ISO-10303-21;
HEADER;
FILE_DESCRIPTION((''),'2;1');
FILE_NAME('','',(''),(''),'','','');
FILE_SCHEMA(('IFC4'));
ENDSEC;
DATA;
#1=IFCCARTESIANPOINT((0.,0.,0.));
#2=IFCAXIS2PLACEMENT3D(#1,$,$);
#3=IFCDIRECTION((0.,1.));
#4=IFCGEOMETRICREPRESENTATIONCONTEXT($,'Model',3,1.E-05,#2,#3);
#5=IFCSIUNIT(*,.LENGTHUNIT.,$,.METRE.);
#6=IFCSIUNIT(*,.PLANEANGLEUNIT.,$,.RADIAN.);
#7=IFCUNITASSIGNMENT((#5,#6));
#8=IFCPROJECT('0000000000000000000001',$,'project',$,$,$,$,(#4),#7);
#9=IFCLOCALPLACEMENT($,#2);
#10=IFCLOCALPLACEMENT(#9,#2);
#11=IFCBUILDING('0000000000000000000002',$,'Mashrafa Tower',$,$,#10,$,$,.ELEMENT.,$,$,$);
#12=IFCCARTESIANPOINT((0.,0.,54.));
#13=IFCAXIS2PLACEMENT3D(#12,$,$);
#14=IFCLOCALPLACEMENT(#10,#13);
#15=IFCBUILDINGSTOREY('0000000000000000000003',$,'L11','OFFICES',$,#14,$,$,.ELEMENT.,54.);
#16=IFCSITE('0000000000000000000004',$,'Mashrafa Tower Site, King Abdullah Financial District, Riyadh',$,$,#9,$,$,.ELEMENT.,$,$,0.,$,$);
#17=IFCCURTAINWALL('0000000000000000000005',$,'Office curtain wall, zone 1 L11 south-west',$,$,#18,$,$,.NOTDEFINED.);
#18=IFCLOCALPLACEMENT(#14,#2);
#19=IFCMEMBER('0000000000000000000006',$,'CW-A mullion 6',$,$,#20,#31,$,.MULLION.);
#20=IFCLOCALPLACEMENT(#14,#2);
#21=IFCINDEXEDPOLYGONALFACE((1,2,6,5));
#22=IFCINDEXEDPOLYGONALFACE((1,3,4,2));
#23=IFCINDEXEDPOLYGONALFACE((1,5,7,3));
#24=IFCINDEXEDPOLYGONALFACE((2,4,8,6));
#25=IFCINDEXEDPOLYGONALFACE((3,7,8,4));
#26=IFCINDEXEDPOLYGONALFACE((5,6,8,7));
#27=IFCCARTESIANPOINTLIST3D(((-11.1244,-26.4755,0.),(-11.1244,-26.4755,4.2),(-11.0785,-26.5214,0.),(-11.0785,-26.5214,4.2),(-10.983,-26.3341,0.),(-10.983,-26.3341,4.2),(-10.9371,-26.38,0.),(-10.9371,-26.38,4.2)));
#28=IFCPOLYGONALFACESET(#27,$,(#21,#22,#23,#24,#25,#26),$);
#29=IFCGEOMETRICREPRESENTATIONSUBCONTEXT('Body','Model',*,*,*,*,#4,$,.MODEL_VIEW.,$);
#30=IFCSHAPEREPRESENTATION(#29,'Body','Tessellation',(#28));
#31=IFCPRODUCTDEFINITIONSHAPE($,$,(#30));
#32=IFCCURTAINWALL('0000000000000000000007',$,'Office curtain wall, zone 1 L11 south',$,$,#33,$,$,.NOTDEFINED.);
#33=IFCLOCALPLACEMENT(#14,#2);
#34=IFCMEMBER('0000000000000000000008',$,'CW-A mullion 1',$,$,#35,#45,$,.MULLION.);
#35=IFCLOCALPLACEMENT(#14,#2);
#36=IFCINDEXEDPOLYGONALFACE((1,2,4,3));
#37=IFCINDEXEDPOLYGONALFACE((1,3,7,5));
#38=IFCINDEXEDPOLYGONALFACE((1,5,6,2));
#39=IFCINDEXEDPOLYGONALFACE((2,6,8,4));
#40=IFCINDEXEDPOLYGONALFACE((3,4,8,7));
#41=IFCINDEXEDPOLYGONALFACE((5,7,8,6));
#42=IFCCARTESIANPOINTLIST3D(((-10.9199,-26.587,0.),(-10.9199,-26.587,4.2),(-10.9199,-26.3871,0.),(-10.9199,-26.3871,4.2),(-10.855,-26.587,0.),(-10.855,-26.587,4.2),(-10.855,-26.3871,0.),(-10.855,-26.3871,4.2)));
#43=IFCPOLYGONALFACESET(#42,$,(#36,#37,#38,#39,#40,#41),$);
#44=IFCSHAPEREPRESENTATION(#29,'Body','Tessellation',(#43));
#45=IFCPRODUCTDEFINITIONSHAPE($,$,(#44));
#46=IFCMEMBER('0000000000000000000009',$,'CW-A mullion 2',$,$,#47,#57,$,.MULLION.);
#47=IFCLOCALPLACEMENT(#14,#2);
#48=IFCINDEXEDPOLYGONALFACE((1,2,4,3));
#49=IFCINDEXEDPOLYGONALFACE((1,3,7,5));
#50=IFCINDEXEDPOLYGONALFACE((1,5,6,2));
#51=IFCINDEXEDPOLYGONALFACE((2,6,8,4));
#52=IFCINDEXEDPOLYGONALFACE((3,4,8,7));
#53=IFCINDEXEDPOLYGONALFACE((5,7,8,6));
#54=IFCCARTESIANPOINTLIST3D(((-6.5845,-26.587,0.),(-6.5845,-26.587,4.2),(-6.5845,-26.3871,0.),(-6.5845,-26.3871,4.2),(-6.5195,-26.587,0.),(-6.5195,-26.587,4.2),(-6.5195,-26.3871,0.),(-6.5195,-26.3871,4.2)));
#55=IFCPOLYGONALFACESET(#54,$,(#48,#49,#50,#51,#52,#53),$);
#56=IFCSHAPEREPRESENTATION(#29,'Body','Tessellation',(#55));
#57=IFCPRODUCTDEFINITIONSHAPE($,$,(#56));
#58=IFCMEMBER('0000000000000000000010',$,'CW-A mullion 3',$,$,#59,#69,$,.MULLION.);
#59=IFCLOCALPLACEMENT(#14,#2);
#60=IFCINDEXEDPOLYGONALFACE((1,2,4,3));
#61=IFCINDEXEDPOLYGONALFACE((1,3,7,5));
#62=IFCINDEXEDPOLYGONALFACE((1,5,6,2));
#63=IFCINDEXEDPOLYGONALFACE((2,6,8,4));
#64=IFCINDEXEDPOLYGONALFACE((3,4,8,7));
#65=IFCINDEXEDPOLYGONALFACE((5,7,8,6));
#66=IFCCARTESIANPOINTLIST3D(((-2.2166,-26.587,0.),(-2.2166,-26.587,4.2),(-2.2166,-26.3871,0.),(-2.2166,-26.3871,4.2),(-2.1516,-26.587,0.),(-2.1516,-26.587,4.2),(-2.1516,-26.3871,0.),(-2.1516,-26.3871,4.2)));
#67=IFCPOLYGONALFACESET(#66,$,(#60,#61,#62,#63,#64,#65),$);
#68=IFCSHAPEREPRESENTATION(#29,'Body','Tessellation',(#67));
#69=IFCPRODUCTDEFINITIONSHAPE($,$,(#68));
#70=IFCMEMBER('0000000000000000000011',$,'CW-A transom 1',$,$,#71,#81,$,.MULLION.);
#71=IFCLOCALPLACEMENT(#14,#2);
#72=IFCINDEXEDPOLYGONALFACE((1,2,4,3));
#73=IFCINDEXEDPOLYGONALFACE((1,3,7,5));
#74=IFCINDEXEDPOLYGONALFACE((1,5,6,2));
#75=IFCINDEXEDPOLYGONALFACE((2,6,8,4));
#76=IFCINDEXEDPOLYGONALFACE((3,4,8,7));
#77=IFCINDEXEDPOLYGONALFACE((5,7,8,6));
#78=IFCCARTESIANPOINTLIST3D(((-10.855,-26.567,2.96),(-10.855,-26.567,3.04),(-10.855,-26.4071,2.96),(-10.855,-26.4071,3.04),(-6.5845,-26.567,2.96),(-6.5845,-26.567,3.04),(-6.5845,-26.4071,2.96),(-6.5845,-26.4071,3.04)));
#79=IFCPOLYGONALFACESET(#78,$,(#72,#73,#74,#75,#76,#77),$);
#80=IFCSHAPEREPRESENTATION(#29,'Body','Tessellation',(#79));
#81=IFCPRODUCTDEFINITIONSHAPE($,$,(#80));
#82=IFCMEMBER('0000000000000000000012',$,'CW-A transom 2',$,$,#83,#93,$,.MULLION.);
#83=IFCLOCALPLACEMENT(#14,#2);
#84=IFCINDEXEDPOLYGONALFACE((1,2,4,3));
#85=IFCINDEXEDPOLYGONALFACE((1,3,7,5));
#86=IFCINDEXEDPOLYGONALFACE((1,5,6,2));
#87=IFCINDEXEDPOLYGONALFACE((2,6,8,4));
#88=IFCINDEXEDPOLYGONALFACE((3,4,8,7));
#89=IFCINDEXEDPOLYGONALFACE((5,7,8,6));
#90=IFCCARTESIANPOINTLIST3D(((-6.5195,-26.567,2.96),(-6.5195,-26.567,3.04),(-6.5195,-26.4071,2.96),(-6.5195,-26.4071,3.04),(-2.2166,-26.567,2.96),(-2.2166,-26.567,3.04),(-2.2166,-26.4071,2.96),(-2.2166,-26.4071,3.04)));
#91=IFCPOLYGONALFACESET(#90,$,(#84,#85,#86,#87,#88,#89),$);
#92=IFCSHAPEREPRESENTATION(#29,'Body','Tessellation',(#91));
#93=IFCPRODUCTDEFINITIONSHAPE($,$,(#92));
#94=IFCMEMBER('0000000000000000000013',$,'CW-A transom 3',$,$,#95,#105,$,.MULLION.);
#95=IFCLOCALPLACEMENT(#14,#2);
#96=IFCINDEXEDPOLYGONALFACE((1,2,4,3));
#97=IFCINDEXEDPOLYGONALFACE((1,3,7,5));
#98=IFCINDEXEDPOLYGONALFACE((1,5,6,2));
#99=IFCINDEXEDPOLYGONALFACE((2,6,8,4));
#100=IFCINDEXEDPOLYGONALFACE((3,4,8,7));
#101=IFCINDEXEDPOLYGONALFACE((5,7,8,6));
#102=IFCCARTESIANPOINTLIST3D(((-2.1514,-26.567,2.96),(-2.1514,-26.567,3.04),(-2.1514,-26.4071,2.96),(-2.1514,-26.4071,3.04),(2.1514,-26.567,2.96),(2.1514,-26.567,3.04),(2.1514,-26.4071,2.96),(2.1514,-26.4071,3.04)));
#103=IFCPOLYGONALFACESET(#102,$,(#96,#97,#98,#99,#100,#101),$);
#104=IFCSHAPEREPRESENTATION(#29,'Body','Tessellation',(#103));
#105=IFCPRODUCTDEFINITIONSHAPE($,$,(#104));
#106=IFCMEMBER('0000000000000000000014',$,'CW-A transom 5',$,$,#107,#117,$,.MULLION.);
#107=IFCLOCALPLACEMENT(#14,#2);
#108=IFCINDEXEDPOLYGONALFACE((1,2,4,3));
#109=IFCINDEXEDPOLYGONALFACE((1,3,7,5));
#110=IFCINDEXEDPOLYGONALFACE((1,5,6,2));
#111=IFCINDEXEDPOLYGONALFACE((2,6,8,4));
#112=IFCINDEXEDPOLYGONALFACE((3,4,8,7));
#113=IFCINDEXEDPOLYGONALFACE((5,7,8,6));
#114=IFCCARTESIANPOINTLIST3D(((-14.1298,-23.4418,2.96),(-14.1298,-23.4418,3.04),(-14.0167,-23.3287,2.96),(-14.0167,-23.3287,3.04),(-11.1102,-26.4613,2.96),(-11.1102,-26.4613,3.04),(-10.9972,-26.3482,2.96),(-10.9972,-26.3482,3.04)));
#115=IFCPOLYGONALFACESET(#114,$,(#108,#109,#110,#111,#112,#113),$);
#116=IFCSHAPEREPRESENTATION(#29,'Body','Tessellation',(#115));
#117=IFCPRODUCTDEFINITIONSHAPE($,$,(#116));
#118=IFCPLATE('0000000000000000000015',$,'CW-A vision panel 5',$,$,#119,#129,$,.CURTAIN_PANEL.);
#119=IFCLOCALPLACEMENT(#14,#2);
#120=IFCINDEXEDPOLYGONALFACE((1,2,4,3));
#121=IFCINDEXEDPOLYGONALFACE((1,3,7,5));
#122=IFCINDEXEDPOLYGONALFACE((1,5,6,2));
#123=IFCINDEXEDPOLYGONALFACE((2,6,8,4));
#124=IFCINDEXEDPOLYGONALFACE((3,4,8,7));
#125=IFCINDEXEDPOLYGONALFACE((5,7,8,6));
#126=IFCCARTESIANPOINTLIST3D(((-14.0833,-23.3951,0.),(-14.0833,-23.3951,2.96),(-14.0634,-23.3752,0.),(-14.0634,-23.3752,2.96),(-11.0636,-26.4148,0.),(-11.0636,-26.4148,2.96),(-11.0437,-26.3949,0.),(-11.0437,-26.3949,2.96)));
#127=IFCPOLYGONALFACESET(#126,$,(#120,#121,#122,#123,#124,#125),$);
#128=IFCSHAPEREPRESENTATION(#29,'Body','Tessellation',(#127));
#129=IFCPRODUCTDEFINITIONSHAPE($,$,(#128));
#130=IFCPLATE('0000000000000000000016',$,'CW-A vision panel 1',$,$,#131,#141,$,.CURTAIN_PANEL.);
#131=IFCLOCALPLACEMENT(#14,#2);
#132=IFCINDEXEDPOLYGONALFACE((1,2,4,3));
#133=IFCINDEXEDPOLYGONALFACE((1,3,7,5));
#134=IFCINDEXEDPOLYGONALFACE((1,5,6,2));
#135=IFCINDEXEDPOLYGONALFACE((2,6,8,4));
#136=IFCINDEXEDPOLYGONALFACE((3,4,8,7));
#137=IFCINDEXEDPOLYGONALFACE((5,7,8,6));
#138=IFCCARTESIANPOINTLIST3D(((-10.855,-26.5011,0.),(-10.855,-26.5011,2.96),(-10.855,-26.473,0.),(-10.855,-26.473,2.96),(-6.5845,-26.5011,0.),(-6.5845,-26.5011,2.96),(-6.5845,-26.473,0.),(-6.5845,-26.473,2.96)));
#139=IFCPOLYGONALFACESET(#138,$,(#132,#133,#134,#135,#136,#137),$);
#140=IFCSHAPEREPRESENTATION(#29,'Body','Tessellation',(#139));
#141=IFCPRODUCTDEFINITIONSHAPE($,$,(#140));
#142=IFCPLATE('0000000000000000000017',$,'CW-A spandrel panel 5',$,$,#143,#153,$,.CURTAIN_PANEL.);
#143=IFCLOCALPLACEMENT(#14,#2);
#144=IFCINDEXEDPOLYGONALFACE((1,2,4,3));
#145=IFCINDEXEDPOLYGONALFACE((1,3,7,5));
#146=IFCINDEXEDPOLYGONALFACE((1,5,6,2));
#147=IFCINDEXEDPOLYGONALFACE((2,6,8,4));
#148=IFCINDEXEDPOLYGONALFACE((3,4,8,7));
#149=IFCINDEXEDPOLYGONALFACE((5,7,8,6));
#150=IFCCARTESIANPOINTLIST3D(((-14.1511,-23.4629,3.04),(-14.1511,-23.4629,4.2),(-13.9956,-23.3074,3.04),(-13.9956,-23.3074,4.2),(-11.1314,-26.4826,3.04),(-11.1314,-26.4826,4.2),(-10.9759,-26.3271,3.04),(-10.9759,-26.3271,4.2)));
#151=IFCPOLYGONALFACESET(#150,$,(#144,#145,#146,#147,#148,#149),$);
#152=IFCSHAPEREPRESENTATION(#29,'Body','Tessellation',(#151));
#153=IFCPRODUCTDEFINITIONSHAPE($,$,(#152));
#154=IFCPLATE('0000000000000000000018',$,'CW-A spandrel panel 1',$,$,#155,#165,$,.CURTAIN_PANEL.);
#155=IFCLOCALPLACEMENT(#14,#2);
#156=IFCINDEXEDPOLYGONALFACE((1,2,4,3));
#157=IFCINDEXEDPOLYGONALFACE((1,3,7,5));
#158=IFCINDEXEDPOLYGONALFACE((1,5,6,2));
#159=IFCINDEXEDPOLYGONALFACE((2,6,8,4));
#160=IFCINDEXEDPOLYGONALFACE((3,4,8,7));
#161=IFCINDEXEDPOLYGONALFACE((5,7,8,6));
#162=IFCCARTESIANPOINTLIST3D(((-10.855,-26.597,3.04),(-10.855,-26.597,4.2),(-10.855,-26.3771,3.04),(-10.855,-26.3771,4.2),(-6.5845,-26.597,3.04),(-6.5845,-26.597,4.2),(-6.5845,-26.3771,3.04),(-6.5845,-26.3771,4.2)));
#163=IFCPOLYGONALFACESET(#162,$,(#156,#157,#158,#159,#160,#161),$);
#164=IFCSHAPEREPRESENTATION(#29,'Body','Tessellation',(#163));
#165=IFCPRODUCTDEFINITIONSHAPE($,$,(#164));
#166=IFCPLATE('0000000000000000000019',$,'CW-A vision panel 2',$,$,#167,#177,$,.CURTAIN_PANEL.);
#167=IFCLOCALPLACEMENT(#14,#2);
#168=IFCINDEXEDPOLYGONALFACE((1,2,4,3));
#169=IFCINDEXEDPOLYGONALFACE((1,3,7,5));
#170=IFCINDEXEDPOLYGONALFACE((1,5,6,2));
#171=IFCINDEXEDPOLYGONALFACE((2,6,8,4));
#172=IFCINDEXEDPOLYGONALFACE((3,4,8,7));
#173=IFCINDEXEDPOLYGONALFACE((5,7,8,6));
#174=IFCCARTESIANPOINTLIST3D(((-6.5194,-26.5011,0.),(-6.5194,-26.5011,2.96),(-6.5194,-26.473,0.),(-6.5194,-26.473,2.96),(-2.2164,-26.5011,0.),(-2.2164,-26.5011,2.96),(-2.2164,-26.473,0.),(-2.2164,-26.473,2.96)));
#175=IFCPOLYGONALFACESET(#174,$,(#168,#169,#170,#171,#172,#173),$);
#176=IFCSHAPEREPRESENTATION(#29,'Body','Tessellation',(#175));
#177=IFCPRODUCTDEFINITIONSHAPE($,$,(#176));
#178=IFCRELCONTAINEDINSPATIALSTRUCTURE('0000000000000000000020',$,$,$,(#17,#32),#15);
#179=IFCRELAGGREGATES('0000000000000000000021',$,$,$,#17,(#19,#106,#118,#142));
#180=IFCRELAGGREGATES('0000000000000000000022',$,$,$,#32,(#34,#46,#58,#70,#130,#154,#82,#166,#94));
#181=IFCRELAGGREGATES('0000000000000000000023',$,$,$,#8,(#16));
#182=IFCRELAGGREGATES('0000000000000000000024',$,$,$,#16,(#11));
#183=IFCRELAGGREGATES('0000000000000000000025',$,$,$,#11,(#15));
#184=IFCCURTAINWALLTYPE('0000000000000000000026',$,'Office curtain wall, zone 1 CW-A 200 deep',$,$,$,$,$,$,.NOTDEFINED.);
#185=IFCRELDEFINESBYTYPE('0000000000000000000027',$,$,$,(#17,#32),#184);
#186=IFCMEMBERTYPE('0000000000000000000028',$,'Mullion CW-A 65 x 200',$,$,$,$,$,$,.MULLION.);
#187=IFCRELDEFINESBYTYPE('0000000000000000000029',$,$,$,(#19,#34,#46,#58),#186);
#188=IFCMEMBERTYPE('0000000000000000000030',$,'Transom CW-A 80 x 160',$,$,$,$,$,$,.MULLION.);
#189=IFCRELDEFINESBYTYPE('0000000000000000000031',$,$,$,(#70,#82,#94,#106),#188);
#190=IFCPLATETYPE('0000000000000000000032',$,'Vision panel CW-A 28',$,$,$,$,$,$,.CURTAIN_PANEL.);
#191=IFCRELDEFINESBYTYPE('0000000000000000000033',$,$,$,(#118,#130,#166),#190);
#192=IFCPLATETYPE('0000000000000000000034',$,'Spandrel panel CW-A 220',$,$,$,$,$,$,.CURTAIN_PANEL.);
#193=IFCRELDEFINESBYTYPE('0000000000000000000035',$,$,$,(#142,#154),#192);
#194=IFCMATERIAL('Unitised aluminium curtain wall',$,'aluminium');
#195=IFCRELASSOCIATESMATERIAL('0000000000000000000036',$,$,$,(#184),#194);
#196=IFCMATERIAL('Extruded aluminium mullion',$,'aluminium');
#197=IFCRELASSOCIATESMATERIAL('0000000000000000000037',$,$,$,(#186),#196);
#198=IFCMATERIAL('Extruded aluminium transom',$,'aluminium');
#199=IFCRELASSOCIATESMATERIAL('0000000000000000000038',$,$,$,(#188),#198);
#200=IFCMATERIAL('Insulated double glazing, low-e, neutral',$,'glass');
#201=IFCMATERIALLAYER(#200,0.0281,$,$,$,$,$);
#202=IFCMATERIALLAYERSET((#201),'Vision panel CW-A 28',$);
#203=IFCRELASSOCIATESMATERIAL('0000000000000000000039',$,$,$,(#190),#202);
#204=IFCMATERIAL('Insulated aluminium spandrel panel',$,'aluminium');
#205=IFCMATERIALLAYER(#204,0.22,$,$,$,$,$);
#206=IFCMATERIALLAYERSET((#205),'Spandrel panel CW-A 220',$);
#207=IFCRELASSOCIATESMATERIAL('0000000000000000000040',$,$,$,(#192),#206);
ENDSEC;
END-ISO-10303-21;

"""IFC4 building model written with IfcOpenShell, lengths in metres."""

from ifc_helpers import new_model, si_unit, direction, frame, origin, origin_2d, place, context, subcontext, project, spatial, rectangle, extrude, source, transform, mapped, material, layer, layer_set, material_profile, profile_set, type_object, type_shapes, element, aggregate, save


model = new_model("IFC4")

# Units and contexts
model_context = context("Model", 3, precision=1e-05, world=origin(), true_north=direction((0.0, 1.0)))
body_context = subcontext(model_context, "Body", "Model", "MODEL_VIEW")
ifc_project = project(units=[si_unit("LENGTHUNIT", "METRE"), si_unit("PLANEANGLEUNIT", "RADIAN")], contexts=[model_context])

# Site, building, storey
site_placement = place(None, origin())
site = spatial("IfcSite", under=ifc_project, at=site_placement, Name="Mashrafa Tower Site, King Abdullah Financial District, Riyadh", CompositionType="ELEMENT", RefElevation=0.0)
building_placement = place(site_placement, origin())
building = spatial("IfcBuilding", under=site, at=building_placement, Name="Mashrafa Tower", CompositionType="ELEMENT")
storey_placement = place(building_placement, frame((0.0, 0.0, 54.0)))
storey = spatial("IfcBuildingStorey", under=building, at=storey_placement, Name="L11", Description="OFFICES", CompositionType="ELEMENT", Elevation=54.0)

# Curtain wall, member
ifc_material_1 = material(Name="Unitised aluminium curtain wall", Category="aluminium")
curtain_wall_type = type_object("IfcCurtainWallType", Name="Office curtain wall, zone 1 CW-A 200 deep", PredefinedType="NOTDEFINED", material=ifc_material_1)
curtain_wall_1_placement = place(storey_placement, origin())
curtain_wall_1 = element("IfcCurtainWall", 1, at=curtain_wall_1_placement, inside=storey, type_object=curtain_wall_type, Name="Office curtain wall, zone 1 L11 south-west", PredefinedType="NOTDEFINED")
ifc_material_2 = material(Name="Extruded aluminium mullion", Category="aluminium")
ifc_material_profile_1 = material_profile(ifc_material_2, rectangle(XDim=0.2, YDim=0.0649, at=origin_2d()), Name="Mullion 65x200")
ifc_profile_set_1 = profile_set([ifc_material_profile_1], Name="Extruded aluminium mullion")
member_type_1 = type_object("IfcMemberType", Name="Mullion CW-A 65 x 200", PredefinedType="MULLION", material=ifc_profile_set_1)
shared_shape_1 = source(origin(), body_context, "Body", "SweptSolid", [
    extrude(rectangle(XDim=0.2, YDim=0.0649, at=origin_2d()), origin(), (0.0, 0.0, 1.0), 4.2),
])
type_shapes(member_type_1, [shared_shape_1])
member_1_placement = place(storey_placement, frame((-11.0308, -26.4277, 0.0), z_axis=(0.0, 0.0, 1.0), x_axis=(0.707107, 0.707107, 0.0)))
member_1 = element("IfcMember", 2, at=member_1_placement, type_object=member_type_1, Name="CW-A mullion 6", PredefinedType="MULLION", context=body_context, shape_type="MappedRepresentation", body=[
    mapped(shared_shape_1, transform((0.0, 0.0, 0.0))),
])

# Curtain wall, members
curtain_wall_2_placement = place(storey_placement, origin())
curtain_wall_2 = element("IfcCurtainWall", 3, at=curtain_wall_2_placement, inside=storey, type_object=curtain_wall_type, Name="Office curtain wall, zone 1 L11 south", PredefinedType="NOTDEFINED")
member_2_placement = place(storey_placement, frame((-10.8875, -26.4871, 0.0), z_axis=(0.0, 0.0, 1.0), x_axis=(0.0, 1.0, 0.0)))
member_2 = element("IfcMember", 4, at=member_2_placement, type_object=member_type_1, Name="CW-A mullion 1", PredefinedType="MULLION", context=body_context, shape_type="MappedRepresentation", body=[
    mapped(shared_shape_1, transform((0.0, 0.0, 0.0))),
])
member_3_placement = place(storey_placement, frame((-6.552, -26.4871, 0.0), z_axis=(0.0, 0.0, 1.0), x_axis=(0.0, 1.0, 0.0)))
member_3 = element("IfcMember", 5, at=member_3_placement, type_object=member_type_1, Name="CW-A mullion 2", PredefinedType="MULLION", context=body_context, shape_type="MappedRepresentation", body=[
    mapped(shared_shape_1, transform((0.0, 0.0, 0.0))),
])
member_4_placement = place(storey_placement, frame((-2.1841, -26.4871, 0.0), z_axis=(0.0, 0.0, 1.0), x_axis=(0.0, 1.0, 0.0)))
member_4 = element("IfcMember", 6, at=member_4_placement, type_object=member_type_1, Name="CW-A mullion 3", PredefinedType="MULLION", context=body_context, shape_type="MappedRepresentation", body=[
    mapped(shared_shape_1, transform((0.0, 0.0, 0.0))),
])
ifc_material_3 = material(Name="Extruded aluminium transom", Category="aluminium")
ifc_material_profile_2 = material_profile(ifc_material_3, rectangle(XDim=0.1599, YDim=0.0801, at=origin_2d()), Name="Transom 80x160")
ifc_profile_set_2 = profile_set([ifc_material_profile_2], Name="Extruded aluminium transom")
member_type_2 = type_object("IfcMemberType", Name="Transom CW-A 80 x 160", PredefinedType="MULLION", material=ifc_profile_set_2)
shared_shape_2 = source(origin(), body_context, "Body", "SweptSolid", [
    extrude(rectangle(XDim=0.1599, YDim=0.0801, at=origin_2d()), origin(), (0.0, 0.0, 1.0), 4.2705),
])
member_5_placement = place(storey_placement, frame((-10.855, -26.4871, 3.0), z_axis=(1.0, 0.0, 0.0), x_axis=(0.0, 1.0, 0.0)))
member_5 = element("IfcMember", 7, at=member_5_placement, type_object=member_type_2, Name="CW-A transom 1", PredefinedType="MULLION", context=body_context, shape_type="MappedRepresentation", body=[
    mapped(shared_shape_2, transform((0.0, 0.0, 0.0))),
])
shared_shape_3 = source(origin(), body_context, "Body", "SweptSolid", [
    extrude(rectangle(XDim=0.1599, YDim=0.0801, at=origin_2d()), origin(), (0.0, 0.0, 1.0), 4.303),
])
member_6_placement = place(storey_placement, frame((-6.5195, -26.4871, 3.0), z_axis=(1.0, 0.0, 0.0), x_axis=(0.0, 1.0, 0.0)))
member_6 = element("IfcMember", 8, at=member_6_placement, type_object=member_type_2, Name="CW-A transom 2", PredefinedType="MULLION", context=body_context, shape_type="MappedRepresentation", body=[
    mapped(shared_shape_3, transform((0.0, 0.0, 0.0))),
])
shared_shape_4 = source(origin(), body_context, "Body", "SweptSolid", [
    extrude(rectangle(XDim=0.1599, YDim=0.0801, at=origin_2d()), origin(), (0.0, 0.0, 1.0), 4.3027),
])
member_7_placement = place(storey_placement, frame((-2.1514, -26.4871, 3.0), z_axis=(1.0, 0.0, 0.0), x_axis=(0.0, 1.0, 0.0)))
member_7 = element("IfcMember", 9, at=member_7_placement, type_object=member_type_2, Name="CW-A transom 3", PredefinedType="MULLION", context=body_context, shape_type="MappedRepresentation", body=[
    mapped(shared_shape_4, transform((0.0, 0.0, 0.0))),
])

# Member
shared_shape_5 = source(origin(), body_context, "Body", "SweptSolid", [
    extrude(rectangle(XDim=0.1599, YDim=0.0801, at=origin_2d()), origin(), (0.0, 0.0, 1.0), 4.2703),
])
type_shapes(member_type_2, [shared_shape_2, shared_shape_3, shared_shape_4, shared_shape_5])
member_8_placement = place(storey_placement, frame((-14.0732, -23.3853, 3.0), z_axis=(0.707107, -0.707107, 0.0), x_axis=(0.707107, 0.707107, 0.0)))
member_8 = element("IfcMember", 10, at=member_8_placement, type_object=member_type_2, Name="CW-A transom 5", PredefinedType="MULLION", context=body_context, shape_type="MappedRepresentation", body=[
    mapped(shared_shape_5, transform((0.0, 0.0, 0.0))),
])

# Plates
ifc_material_4 = material(Name="Insulated double glazing, low-e, neutral", Category="glass")
ifc_layer_1 = layer(ifc_material_4, 0.0281)
ifc_layer_set_1 = layer_set([ifc_layer_1], Name="Vision panel CW-A 28")
plate_type_1 = type_object("IfcPlateType", Name="Vision panel CW-A 28", PredefinedType="CURTAIN_PANEL", material=ifc_layer_set_1)
shared_shape_6 = source(origin(), body_context, "Body", "SweptSolid", [
    extrude(rectangle(XDim=4.2705, YDim=0.0281, at=origin_2d()), origin(), (0.0, 0.0, 1.0), 2.96),
])
plate_1_placement = place(storey_placement, frame((-12.5635, -24.895, 0.0), z_axis=(0.0, 0.0, 1.0), x_axis=(0.707107, -0.707107, 0.0)))
plate_1 = element("IfcPlate", 11, at=plate_1_placement, type_object=plate_type_1, Name="CW-A vision panel 5", PredefinedType="CURTAIN_PANEL", context=body_context, shape_type="MappedRepresentation", body=[
    mapped(shared_shape_6, transform((0.0, 0.0, 0.0))),
])
plate_2_placement = place(storey_placement, frame((-8.7197, -26.4871, 0.0), z_axis=(0.0, 0.0, 1.0), x_axis=(1.0, 0.0, 0.0)))
plate_2 = element("IfcPlate", 12, at=plate_2_placement, type_object=plate_type_1, Name="CW-A vision panel 1", PredefinedType="CURTAIN_PANEL", context=body_context, shape_type="MappedRepresentation", body=[
    mapped(shared_shape_6, transform((0.0, 0.0, 0.0))),
])
ifc_material_5 = material(Name="Insulated aluminium spandrel panel", Category="aluminium")
ifc_layer_2 = layer(ifc_material_5, 0.22)
ifc_layer_set_2 = layer_set([ifc_layer_2], Name="Spandrel panel CW-A 220")
plate_type_2 = type_object("IfcPlateType", Name="Spandrel panel CW-A 220", PredefinedType="CURTAIN_PANEL", material=ifc_layer_set_2)
shared_shape_7 = source(origin(), body_context, "Body", "SweptSolid", [
    extrude(rectangle(XDim=4.2705, YDim=0.22, at=origin_2d()), origin(), (0.0, 0.0, 1.0), 1.1599),
])
plate_3_placement = place(storey_placement, frame((-12.5635, -24.895, 3.04), z_axis=(0.0, 0.0, 1.0), x_axis=(0.707107, -0.707107, 0.0)))
plate_3 = element("IfcPlate", 13, at=plate_3_placement, type_object=plate_type_2, Name="CW-A spandrel panel 5", PredefinedType="CURTAIN_PANEL", context=body_context, shape_type="MappedRepresentation", body=[
    mapped(shared_shape_7, transform((0.0, 0.0, 0.0))),
])
aggregate(curtain_wall_1, [member_1, member_8, plate_1, plate_3])
plate_4_placement = place(storey_placement, frame((-8.7197, -26.4871, 3.04), z_axis=(0.0, 0.0, 1.0), x_axis=(1.0, 0.0, 0.0)))
plate_4 = element("IfcPlate", 14, at=plate_4_placement, type_object=plate_type_2, Name="CW-A spandrel panel 1", PredefinedType="CURTAIN_PANEL", context=body_context, shape_type="MappedRepresentation", body=[
    mapped(shared_shape_7, transform((0.0, 0.0, 0.0))),
])
shared_shape_8 = source(origin(), body_context, "Body", "SweptSolid", [
    extrude(rectangle(XDim=4.303, YDim=0.0281, at=origin_2d()), origin(), (0.0, 0.0, 1.0), 2.96),
])
type_shapes(plate_type_1, [shared_shape_6, shared_shape_8])
plate_5_placement = place(storey_placement, frame((-4.3679, -26.4871, 0.0), z_axis=(0.0, 0.0, 1.0), x_axis=(1.0, 0.0, 0.0)))
plate_5 = element("IfcPlate", 15, at=plate_5_placement, type_object=plate_type_1, Name="CW-A vision panel 2", PredefinedType="CURTAIN_PANEL", context=body_context, shape_type="MappedRepresentation", body=[
    mapped(shared_shape_8, transform((0.0, 0.0, 0.0))),
])
aggregate(curtain_wall_2, [member_2, member_3, member_4, member_5, plate_2, plate_4, member_6, plate_5, member_7])

save(model, "model.ifc")
